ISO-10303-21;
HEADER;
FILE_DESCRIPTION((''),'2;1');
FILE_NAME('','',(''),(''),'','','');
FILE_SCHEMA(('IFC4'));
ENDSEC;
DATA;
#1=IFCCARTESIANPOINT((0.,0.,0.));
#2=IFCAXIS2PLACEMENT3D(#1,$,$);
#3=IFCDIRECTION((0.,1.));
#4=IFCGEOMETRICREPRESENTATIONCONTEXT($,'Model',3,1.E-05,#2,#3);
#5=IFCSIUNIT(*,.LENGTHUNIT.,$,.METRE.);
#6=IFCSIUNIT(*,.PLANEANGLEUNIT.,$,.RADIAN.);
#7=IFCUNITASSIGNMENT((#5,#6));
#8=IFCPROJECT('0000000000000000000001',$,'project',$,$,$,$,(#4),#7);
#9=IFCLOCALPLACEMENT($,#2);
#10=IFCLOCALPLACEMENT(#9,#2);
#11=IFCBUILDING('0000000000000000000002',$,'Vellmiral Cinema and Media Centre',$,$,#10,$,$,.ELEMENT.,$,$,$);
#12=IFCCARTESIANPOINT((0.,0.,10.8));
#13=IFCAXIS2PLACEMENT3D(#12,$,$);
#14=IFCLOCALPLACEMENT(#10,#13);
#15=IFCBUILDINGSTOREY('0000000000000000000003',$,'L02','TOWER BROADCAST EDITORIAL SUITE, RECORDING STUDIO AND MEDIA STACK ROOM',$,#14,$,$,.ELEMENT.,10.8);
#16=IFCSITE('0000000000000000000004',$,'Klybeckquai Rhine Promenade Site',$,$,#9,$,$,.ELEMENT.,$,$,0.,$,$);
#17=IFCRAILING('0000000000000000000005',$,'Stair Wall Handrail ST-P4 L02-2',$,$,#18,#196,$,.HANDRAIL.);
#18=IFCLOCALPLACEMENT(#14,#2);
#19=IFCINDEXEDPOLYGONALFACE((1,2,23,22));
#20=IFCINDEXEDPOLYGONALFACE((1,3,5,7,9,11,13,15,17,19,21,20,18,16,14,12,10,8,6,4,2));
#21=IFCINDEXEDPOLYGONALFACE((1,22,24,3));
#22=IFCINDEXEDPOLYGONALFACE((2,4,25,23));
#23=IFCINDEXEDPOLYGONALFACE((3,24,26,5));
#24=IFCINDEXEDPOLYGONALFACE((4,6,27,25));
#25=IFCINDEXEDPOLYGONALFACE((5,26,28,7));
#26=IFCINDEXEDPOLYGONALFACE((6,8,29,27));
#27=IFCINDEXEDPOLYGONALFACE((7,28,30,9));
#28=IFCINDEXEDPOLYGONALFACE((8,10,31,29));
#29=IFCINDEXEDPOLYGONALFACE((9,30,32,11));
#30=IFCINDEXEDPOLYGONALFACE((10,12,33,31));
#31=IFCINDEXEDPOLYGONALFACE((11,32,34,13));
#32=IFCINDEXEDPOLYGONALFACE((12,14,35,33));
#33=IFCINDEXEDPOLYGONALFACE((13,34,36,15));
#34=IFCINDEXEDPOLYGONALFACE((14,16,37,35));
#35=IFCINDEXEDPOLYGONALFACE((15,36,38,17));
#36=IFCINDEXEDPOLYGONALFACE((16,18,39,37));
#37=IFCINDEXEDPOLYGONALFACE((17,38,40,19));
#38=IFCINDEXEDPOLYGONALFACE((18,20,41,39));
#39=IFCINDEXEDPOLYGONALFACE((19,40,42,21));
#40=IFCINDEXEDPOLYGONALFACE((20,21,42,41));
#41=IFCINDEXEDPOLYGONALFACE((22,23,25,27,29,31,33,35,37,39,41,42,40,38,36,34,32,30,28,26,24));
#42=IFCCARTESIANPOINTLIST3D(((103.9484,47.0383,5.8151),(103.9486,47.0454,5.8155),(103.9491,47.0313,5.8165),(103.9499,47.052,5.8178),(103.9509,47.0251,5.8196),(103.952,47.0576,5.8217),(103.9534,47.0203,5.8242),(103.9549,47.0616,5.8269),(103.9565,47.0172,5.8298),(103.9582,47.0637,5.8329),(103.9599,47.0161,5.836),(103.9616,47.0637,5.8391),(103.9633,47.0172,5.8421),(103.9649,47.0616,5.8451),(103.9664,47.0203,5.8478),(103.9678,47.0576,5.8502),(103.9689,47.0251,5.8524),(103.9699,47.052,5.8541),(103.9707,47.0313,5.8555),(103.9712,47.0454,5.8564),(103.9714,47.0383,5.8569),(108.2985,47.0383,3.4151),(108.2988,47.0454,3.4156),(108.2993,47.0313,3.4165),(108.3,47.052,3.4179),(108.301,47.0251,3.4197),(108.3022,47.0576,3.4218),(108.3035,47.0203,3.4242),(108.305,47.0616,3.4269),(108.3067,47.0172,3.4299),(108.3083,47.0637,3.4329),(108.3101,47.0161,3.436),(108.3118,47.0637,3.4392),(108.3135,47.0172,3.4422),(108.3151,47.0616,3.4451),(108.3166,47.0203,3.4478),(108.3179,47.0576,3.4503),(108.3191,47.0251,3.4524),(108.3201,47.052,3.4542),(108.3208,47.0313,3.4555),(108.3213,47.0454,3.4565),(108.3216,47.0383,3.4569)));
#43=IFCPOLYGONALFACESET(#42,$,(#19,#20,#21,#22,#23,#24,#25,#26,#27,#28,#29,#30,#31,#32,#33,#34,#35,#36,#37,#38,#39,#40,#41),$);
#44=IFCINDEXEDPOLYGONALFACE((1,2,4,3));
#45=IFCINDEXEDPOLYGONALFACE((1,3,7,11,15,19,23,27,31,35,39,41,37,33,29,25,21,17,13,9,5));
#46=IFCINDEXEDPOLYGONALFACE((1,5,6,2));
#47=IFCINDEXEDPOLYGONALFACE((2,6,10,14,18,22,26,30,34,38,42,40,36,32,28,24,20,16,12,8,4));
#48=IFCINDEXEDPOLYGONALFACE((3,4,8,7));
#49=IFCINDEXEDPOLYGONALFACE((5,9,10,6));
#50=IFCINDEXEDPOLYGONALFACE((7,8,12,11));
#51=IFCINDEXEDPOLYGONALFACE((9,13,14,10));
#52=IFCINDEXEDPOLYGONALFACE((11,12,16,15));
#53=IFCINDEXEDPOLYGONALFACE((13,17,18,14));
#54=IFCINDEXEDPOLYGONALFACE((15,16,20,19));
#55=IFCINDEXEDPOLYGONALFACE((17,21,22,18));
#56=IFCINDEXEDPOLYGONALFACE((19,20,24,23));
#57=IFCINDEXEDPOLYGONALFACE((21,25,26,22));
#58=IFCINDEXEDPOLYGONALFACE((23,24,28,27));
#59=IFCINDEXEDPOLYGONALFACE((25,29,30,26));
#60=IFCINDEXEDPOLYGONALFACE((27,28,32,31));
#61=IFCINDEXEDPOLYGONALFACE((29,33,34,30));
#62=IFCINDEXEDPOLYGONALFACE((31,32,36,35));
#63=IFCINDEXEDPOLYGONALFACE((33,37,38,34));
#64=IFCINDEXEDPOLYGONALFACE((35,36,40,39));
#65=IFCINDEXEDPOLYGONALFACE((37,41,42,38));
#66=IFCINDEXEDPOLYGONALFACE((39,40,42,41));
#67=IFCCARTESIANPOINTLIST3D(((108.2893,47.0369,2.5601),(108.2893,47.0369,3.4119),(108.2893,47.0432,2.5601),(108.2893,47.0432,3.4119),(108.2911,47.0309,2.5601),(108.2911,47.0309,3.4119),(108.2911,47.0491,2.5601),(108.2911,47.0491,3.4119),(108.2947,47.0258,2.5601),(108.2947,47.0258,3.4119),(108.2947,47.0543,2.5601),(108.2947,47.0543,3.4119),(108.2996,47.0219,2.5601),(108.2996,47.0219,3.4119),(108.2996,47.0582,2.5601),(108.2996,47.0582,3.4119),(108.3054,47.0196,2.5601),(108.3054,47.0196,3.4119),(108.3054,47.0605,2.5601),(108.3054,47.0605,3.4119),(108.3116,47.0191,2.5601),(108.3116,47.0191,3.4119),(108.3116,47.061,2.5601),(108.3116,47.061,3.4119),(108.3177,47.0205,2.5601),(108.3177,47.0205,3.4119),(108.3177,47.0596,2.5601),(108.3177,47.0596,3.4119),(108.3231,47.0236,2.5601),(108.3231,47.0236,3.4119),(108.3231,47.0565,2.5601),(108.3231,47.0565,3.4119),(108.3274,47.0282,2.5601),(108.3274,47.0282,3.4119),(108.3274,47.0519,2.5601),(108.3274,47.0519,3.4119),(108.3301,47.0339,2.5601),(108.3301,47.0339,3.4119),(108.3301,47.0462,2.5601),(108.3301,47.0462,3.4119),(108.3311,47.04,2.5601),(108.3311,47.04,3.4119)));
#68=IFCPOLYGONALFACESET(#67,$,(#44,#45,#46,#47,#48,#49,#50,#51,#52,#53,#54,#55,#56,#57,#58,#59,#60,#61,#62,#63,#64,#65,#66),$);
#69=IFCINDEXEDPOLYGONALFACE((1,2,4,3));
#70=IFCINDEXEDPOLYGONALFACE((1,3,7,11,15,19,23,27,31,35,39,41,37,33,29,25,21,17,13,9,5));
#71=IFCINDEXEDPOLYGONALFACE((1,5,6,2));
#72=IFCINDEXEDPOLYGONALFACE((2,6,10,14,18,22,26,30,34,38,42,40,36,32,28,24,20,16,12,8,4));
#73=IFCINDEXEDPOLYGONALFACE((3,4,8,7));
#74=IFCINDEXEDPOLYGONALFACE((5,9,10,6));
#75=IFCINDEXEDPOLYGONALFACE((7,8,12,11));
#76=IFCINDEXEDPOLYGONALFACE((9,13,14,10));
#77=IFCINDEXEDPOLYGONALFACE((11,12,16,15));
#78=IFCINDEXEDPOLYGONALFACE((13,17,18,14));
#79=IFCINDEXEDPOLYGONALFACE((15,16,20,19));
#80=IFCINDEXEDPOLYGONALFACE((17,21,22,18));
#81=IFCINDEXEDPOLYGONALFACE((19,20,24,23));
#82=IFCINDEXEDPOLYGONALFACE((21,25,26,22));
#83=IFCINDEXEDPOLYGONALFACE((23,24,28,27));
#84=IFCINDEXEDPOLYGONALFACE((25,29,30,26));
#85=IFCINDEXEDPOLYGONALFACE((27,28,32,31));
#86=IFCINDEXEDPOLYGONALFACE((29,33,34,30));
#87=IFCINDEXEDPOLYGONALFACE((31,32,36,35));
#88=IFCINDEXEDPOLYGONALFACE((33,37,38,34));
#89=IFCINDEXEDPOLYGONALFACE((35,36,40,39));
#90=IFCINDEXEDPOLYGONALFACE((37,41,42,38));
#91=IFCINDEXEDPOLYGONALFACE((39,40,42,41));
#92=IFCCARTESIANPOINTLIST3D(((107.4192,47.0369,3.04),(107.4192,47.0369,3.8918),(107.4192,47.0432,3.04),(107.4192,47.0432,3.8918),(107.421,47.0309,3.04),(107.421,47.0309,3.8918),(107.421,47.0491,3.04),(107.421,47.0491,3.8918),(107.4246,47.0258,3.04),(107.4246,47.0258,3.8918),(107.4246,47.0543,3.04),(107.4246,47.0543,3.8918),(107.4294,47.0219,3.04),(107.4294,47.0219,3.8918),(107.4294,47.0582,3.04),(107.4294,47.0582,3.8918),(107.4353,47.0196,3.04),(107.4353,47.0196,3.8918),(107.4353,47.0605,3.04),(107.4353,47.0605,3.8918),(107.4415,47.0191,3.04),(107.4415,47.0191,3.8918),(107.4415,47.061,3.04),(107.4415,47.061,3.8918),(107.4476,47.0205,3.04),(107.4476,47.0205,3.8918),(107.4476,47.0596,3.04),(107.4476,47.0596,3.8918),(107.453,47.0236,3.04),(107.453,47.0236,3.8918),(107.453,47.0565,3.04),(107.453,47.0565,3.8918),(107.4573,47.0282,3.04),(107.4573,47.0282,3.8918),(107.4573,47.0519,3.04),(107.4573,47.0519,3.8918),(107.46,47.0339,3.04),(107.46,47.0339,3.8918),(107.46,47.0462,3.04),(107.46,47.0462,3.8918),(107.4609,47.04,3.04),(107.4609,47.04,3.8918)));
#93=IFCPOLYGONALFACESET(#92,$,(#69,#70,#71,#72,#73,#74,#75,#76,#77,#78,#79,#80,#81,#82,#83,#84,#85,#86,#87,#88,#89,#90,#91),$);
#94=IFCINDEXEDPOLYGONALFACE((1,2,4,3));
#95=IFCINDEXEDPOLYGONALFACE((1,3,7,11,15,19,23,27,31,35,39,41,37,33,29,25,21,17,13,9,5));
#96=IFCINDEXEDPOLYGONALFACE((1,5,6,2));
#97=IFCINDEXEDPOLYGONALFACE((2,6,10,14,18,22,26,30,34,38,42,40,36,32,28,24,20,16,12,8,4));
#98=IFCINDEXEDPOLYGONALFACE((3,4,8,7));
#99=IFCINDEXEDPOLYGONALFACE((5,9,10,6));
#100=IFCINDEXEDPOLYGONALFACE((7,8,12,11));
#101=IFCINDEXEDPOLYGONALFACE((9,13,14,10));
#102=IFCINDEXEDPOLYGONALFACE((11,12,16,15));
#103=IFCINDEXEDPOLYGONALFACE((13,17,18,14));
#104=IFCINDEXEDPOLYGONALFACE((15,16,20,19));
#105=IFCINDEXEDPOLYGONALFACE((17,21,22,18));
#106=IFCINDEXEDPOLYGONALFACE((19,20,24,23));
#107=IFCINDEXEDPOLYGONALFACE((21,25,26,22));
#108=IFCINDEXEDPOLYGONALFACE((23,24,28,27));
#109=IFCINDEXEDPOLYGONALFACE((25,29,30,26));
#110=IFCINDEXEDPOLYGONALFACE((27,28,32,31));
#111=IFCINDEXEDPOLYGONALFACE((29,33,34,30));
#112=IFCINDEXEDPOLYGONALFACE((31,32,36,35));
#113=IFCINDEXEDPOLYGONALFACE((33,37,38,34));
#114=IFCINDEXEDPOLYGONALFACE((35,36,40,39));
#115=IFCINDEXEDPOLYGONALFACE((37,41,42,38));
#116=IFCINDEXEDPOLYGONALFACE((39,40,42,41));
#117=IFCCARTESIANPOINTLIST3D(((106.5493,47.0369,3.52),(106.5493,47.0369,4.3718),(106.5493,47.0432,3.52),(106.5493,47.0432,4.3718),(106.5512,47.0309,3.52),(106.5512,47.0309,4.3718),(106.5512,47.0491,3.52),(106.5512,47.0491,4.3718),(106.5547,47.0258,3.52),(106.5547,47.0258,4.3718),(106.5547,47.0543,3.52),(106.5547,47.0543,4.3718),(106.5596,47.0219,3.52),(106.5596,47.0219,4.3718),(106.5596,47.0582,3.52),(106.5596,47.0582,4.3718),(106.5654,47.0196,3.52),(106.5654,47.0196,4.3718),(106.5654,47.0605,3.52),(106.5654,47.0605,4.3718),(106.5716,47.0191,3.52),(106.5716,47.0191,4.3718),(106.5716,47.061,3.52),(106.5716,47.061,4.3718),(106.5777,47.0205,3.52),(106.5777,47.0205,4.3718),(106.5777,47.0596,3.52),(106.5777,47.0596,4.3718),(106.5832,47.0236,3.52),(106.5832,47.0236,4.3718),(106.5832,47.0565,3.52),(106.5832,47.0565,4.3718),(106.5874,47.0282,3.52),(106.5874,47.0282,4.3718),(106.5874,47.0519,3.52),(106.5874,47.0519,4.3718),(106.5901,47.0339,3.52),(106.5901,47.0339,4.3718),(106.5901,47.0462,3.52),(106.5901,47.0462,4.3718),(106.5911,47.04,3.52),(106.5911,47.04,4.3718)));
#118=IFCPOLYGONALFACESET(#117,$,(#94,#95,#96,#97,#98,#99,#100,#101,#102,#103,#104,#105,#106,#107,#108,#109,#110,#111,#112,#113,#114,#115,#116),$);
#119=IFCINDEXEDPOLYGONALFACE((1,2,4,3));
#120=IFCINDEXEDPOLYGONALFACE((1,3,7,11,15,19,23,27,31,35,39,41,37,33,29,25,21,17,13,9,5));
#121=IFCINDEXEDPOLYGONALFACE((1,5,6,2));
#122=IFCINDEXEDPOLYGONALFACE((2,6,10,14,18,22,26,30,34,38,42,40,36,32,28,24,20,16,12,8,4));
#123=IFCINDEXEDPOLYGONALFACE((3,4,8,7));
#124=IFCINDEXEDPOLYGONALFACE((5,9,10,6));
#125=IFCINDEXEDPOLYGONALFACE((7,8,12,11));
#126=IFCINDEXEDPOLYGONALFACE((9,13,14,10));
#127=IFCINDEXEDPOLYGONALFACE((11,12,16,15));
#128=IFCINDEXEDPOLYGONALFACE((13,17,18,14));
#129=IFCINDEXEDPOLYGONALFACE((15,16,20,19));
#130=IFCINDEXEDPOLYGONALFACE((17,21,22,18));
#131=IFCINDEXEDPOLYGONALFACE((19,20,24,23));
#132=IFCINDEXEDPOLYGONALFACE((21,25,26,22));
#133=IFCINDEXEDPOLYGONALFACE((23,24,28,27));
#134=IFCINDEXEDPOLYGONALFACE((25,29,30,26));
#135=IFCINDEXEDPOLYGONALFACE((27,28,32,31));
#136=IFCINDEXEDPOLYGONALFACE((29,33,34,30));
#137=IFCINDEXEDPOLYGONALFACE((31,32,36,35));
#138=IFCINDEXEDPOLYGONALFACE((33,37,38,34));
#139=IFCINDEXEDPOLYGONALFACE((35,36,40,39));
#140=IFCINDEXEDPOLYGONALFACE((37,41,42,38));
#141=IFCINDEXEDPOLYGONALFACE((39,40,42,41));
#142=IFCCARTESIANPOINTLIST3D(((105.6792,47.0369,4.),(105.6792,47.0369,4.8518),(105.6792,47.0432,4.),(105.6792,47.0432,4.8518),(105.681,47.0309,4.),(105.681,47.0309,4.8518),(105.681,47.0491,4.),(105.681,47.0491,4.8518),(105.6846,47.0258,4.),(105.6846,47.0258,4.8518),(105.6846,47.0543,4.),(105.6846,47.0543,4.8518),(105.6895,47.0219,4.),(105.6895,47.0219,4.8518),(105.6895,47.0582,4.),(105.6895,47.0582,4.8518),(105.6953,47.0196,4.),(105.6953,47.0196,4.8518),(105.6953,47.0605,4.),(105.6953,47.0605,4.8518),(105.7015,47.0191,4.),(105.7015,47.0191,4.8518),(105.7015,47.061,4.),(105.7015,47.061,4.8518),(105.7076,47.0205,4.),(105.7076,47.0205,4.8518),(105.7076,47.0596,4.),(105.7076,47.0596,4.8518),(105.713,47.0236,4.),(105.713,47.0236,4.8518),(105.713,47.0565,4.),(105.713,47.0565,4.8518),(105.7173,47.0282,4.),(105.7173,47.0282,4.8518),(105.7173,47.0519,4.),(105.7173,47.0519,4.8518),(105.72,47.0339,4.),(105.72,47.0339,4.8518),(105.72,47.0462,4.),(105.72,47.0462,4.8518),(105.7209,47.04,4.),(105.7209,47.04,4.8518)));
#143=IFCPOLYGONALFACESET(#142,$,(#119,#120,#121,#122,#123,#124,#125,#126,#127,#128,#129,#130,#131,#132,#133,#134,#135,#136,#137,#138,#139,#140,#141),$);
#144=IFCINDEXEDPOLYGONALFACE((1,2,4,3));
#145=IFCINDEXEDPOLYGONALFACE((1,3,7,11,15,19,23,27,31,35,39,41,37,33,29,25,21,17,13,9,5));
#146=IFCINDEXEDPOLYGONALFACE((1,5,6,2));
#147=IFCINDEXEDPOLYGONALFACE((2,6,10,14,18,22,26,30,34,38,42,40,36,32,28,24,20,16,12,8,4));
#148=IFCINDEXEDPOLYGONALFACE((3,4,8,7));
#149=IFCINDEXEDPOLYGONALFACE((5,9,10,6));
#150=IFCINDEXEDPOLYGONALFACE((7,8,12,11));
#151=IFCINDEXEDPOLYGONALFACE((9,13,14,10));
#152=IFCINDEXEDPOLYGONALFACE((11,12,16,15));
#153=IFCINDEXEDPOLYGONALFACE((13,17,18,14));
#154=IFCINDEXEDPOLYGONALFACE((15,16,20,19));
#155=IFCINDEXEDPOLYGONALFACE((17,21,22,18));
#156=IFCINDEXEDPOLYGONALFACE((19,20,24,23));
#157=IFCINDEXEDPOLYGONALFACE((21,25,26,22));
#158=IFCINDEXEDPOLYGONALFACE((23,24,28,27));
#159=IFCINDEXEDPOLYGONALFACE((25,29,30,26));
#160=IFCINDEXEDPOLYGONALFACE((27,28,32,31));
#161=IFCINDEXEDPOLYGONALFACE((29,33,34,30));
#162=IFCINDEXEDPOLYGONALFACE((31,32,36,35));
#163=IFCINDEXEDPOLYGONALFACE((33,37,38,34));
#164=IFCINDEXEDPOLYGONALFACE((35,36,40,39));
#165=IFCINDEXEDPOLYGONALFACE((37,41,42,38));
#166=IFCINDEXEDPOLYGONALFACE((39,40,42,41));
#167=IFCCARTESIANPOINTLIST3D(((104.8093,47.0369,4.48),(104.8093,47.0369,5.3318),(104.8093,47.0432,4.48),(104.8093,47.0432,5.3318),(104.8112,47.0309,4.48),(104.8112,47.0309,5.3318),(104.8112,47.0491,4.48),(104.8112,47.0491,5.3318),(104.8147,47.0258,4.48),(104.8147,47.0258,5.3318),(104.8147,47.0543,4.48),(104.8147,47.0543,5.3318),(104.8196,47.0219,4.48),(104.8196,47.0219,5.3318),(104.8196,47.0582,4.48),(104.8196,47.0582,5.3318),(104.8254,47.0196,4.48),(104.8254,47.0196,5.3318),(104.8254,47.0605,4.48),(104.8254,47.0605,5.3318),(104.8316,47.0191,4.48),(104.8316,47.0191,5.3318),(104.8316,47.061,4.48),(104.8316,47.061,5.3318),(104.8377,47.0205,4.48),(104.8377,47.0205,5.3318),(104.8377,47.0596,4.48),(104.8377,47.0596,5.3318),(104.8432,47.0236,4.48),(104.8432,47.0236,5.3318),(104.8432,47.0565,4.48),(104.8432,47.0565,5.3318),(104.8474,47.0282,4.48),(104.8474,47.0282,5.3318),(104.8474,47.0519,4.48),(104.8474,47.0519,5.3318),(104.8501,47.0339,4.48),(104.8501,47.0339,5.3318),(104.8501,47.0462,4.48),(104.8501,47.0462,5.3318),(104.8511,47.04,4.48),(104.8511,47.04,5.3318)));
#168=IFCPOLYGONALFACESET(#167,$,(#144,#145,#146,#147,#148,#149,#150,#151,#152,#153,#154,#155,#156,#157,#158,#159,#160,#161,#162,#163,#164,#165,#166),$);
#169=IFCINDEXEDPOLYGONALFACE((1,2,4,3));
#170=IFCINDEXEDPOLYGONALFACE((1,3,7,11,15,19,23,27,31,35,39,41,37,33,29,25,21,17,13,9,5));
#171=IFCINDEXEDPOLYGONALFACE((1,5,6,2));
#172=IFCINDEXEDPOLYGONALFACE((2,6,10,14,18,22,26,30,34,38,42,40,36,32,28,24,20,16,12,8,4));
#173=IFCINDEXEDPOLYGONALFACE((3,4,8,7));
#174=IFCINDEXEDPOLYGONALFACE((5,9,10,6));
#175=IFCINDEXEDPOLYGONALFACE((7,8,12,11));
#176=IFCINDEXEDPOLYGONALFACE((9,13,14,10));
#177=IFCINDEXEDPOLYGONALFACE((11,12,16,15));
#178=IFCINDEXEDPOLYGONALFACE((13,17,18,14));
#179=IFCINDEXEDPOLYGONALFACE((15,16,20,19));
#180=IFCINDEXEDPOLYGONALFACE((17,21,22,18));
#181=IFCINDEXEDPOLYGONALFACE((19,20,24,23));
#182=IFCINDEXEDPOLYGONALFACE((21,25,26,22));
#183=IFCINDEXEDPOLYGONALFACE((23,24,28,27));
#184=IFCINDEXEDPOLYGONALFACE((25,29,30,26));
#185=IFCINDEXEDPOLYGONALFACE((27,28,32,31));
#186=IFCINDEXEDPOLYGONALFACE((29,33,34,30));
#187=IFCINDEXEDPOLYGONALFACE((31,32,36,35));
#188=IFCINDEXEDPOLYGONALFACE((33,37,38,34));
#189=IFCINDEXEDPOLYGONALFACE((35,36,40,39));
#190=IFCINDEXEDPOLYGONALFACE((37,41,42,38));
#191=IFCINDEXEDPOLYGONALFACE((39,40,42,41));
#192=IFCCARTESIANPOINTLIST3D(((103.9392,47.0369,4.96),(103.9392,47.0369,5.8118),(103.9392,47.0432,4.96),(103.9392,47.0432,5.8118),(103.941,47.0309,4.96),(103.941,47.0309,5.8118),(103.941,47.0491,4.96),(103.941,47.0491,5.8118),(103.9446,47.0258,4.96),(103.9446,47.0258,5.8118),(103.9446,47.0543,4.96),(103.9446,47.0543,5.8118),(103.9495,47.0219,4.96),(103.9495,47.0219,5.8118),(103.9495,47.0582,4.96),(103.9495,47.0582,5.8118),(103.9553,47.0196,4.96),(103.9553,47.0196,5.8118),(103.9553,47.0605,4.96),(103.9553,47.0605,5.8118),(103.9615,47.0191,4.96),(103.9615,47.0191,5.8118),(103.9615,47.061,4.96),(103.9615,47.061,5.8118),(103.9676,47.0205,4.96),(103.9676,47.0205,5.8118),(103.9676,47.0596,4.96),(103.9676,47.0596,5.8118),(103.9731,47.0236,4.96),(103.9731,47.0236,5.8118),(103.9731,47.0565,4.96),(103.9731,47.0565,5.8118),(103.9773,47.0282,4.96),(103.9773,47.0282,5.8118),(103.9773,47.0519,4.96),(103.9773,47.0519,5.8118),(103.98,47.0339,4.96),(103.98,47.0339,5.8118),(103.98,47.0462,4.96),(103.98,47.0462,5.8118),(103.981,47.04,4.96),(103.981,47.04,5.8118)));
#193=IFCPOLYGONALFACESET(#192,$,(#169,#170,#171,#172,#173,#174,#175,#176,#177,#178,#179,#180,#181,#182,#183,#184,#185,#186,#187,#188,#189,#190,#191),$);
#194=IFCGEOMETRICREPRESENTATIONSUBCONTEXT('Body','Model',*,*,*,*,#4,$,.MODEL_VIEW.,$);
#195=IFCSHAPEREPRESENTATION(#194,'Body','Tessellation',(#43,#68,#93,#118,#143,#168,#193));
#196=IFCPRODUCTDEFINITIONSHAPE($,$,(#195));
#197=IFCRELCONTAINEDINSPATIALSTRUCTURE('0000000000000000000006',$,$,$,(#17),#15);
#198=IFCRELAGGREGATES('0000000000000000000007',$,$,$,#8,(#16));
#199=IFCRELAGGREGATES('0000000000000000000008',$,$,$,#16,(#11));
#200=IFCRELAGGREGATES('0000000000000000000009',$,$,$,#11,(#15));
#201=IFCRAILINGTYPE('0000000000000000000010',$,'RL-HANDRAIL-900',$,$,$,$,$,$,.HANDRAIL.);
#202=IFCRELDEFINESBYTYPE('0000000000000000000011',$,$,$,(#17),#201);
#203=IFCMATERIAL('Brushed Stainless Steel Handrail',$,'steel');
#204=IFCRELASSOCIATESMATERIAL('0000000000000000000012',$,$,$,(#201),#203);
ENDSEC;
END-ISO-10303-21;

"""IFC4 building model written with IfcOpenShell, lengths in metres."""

from ifc_helpers import new_model, si_unit, direction, frame, origin, origin_2d, place, context, subcontext, project, spatial, circle, extrude, material, type_object, element, save


model = new_model("IFC4")

# Units and contexts
model_context = context("Model", 3, precision=1e-05, world=origin(), true_north=direction((0.0, 1.0)))
body_context = subcontext(model_context, "Body", "Model", "MODEL_VIEW")
ifc_project = project(units=[si_unit("LENGTHUNIT", "METRE"), si_unit("PLANEANGLEUNIT", "RADIAN")], contexts=[model_context])

# Site, building, storey
site_placement = place(None, origin())
site = spatial("IfcSite", under=ifc_project, at=site_placement, Name="Klybeckquai Rhine Promenade Site", CompositionType="ELEMENT", RefElevation=0.0)
building_placement = place(site_placement, origin())
building = spatial("IfcBuilding", under=site, at=building_placement, Name="Vellmiral Cinema and Media Centre", CompositionType="ELEMENT")
storey_placement = place(building_placement, frame((0.0, 0.0, 10.8)))
storey = spatial("IfcBuildingStorey", under=building, at=storey_placement, Name="L02", Description="TOWER BROADCAST EDITORIAL SUITE, RECORDING STUDIO AND MEDIA STACK ROOM", CompositionType="ELEMENT", Elevation=10.8)

# Railing
ifc_material_1 = material(Name="Brushed Stainless Steel Handrail", Category="steel")
railing_type_1 = type_object("IfcRailingType", Name="RL-HANDRAIL-900", PredefinedType="HANDRAIL", material=ifc_material_1)
railing_1_placement = place(storey_placement, frame((108.3101, 47.04, 2.5601)))
element("IfcRailing", 1, at=railing_1_placement, inside=storey, type_object=railing_type_1, Name="Stair Wall Handrail ST-P4 L02-2", PredefinedType="HANDRAIL", context=body_context, shape_type="SweptSolid", body=[
    extrude(circle(Radius=0.0239, at=origin_2d()), frame((0.0, 0.0, 0.876), z_axis=(-0.875591, 0.0, 0.483054), x_axis=(0.0, -1.0, 0.0)), (0.0, 0.0, 1.0), 4.9683),
    extrude(circle(Radius=0.021, at=origin_2d()), origin(), (0.0, 0.0, 1.0), 0.8518),
    extrude(circle(Radius=0.021, at=origin_2d()), frame((-0.8701, 0.0, 0.48)), (0.0, 0.0, 1.0), 0.8518),
    extrude(circle(Radius=0.021, at=origin_2d()), frame((-1.74, 0.0, 0.96)), (0.0, 0.0, 1.0), 0.8518),
    extrude(circle(Radius=0.021, at=origin_2d()), frame((-2.6101, 0.0, 1.4399)), (0.0, 0.0, 1.0), 0.8518),
    extrude(circle(Radius=0.021, at=origin_2d()), frame((-3.48, 0.0, 1.9199)), (0.0, 0.0, 1.0), 0.8518),
    extrude(circle(Radius=0.021, at=origin_2d()), frame((-4.3501, 0.0, 2.3999)), (0.0, 0.0, 1.0), 0.8518),
])

save(model, "model.ifc")
